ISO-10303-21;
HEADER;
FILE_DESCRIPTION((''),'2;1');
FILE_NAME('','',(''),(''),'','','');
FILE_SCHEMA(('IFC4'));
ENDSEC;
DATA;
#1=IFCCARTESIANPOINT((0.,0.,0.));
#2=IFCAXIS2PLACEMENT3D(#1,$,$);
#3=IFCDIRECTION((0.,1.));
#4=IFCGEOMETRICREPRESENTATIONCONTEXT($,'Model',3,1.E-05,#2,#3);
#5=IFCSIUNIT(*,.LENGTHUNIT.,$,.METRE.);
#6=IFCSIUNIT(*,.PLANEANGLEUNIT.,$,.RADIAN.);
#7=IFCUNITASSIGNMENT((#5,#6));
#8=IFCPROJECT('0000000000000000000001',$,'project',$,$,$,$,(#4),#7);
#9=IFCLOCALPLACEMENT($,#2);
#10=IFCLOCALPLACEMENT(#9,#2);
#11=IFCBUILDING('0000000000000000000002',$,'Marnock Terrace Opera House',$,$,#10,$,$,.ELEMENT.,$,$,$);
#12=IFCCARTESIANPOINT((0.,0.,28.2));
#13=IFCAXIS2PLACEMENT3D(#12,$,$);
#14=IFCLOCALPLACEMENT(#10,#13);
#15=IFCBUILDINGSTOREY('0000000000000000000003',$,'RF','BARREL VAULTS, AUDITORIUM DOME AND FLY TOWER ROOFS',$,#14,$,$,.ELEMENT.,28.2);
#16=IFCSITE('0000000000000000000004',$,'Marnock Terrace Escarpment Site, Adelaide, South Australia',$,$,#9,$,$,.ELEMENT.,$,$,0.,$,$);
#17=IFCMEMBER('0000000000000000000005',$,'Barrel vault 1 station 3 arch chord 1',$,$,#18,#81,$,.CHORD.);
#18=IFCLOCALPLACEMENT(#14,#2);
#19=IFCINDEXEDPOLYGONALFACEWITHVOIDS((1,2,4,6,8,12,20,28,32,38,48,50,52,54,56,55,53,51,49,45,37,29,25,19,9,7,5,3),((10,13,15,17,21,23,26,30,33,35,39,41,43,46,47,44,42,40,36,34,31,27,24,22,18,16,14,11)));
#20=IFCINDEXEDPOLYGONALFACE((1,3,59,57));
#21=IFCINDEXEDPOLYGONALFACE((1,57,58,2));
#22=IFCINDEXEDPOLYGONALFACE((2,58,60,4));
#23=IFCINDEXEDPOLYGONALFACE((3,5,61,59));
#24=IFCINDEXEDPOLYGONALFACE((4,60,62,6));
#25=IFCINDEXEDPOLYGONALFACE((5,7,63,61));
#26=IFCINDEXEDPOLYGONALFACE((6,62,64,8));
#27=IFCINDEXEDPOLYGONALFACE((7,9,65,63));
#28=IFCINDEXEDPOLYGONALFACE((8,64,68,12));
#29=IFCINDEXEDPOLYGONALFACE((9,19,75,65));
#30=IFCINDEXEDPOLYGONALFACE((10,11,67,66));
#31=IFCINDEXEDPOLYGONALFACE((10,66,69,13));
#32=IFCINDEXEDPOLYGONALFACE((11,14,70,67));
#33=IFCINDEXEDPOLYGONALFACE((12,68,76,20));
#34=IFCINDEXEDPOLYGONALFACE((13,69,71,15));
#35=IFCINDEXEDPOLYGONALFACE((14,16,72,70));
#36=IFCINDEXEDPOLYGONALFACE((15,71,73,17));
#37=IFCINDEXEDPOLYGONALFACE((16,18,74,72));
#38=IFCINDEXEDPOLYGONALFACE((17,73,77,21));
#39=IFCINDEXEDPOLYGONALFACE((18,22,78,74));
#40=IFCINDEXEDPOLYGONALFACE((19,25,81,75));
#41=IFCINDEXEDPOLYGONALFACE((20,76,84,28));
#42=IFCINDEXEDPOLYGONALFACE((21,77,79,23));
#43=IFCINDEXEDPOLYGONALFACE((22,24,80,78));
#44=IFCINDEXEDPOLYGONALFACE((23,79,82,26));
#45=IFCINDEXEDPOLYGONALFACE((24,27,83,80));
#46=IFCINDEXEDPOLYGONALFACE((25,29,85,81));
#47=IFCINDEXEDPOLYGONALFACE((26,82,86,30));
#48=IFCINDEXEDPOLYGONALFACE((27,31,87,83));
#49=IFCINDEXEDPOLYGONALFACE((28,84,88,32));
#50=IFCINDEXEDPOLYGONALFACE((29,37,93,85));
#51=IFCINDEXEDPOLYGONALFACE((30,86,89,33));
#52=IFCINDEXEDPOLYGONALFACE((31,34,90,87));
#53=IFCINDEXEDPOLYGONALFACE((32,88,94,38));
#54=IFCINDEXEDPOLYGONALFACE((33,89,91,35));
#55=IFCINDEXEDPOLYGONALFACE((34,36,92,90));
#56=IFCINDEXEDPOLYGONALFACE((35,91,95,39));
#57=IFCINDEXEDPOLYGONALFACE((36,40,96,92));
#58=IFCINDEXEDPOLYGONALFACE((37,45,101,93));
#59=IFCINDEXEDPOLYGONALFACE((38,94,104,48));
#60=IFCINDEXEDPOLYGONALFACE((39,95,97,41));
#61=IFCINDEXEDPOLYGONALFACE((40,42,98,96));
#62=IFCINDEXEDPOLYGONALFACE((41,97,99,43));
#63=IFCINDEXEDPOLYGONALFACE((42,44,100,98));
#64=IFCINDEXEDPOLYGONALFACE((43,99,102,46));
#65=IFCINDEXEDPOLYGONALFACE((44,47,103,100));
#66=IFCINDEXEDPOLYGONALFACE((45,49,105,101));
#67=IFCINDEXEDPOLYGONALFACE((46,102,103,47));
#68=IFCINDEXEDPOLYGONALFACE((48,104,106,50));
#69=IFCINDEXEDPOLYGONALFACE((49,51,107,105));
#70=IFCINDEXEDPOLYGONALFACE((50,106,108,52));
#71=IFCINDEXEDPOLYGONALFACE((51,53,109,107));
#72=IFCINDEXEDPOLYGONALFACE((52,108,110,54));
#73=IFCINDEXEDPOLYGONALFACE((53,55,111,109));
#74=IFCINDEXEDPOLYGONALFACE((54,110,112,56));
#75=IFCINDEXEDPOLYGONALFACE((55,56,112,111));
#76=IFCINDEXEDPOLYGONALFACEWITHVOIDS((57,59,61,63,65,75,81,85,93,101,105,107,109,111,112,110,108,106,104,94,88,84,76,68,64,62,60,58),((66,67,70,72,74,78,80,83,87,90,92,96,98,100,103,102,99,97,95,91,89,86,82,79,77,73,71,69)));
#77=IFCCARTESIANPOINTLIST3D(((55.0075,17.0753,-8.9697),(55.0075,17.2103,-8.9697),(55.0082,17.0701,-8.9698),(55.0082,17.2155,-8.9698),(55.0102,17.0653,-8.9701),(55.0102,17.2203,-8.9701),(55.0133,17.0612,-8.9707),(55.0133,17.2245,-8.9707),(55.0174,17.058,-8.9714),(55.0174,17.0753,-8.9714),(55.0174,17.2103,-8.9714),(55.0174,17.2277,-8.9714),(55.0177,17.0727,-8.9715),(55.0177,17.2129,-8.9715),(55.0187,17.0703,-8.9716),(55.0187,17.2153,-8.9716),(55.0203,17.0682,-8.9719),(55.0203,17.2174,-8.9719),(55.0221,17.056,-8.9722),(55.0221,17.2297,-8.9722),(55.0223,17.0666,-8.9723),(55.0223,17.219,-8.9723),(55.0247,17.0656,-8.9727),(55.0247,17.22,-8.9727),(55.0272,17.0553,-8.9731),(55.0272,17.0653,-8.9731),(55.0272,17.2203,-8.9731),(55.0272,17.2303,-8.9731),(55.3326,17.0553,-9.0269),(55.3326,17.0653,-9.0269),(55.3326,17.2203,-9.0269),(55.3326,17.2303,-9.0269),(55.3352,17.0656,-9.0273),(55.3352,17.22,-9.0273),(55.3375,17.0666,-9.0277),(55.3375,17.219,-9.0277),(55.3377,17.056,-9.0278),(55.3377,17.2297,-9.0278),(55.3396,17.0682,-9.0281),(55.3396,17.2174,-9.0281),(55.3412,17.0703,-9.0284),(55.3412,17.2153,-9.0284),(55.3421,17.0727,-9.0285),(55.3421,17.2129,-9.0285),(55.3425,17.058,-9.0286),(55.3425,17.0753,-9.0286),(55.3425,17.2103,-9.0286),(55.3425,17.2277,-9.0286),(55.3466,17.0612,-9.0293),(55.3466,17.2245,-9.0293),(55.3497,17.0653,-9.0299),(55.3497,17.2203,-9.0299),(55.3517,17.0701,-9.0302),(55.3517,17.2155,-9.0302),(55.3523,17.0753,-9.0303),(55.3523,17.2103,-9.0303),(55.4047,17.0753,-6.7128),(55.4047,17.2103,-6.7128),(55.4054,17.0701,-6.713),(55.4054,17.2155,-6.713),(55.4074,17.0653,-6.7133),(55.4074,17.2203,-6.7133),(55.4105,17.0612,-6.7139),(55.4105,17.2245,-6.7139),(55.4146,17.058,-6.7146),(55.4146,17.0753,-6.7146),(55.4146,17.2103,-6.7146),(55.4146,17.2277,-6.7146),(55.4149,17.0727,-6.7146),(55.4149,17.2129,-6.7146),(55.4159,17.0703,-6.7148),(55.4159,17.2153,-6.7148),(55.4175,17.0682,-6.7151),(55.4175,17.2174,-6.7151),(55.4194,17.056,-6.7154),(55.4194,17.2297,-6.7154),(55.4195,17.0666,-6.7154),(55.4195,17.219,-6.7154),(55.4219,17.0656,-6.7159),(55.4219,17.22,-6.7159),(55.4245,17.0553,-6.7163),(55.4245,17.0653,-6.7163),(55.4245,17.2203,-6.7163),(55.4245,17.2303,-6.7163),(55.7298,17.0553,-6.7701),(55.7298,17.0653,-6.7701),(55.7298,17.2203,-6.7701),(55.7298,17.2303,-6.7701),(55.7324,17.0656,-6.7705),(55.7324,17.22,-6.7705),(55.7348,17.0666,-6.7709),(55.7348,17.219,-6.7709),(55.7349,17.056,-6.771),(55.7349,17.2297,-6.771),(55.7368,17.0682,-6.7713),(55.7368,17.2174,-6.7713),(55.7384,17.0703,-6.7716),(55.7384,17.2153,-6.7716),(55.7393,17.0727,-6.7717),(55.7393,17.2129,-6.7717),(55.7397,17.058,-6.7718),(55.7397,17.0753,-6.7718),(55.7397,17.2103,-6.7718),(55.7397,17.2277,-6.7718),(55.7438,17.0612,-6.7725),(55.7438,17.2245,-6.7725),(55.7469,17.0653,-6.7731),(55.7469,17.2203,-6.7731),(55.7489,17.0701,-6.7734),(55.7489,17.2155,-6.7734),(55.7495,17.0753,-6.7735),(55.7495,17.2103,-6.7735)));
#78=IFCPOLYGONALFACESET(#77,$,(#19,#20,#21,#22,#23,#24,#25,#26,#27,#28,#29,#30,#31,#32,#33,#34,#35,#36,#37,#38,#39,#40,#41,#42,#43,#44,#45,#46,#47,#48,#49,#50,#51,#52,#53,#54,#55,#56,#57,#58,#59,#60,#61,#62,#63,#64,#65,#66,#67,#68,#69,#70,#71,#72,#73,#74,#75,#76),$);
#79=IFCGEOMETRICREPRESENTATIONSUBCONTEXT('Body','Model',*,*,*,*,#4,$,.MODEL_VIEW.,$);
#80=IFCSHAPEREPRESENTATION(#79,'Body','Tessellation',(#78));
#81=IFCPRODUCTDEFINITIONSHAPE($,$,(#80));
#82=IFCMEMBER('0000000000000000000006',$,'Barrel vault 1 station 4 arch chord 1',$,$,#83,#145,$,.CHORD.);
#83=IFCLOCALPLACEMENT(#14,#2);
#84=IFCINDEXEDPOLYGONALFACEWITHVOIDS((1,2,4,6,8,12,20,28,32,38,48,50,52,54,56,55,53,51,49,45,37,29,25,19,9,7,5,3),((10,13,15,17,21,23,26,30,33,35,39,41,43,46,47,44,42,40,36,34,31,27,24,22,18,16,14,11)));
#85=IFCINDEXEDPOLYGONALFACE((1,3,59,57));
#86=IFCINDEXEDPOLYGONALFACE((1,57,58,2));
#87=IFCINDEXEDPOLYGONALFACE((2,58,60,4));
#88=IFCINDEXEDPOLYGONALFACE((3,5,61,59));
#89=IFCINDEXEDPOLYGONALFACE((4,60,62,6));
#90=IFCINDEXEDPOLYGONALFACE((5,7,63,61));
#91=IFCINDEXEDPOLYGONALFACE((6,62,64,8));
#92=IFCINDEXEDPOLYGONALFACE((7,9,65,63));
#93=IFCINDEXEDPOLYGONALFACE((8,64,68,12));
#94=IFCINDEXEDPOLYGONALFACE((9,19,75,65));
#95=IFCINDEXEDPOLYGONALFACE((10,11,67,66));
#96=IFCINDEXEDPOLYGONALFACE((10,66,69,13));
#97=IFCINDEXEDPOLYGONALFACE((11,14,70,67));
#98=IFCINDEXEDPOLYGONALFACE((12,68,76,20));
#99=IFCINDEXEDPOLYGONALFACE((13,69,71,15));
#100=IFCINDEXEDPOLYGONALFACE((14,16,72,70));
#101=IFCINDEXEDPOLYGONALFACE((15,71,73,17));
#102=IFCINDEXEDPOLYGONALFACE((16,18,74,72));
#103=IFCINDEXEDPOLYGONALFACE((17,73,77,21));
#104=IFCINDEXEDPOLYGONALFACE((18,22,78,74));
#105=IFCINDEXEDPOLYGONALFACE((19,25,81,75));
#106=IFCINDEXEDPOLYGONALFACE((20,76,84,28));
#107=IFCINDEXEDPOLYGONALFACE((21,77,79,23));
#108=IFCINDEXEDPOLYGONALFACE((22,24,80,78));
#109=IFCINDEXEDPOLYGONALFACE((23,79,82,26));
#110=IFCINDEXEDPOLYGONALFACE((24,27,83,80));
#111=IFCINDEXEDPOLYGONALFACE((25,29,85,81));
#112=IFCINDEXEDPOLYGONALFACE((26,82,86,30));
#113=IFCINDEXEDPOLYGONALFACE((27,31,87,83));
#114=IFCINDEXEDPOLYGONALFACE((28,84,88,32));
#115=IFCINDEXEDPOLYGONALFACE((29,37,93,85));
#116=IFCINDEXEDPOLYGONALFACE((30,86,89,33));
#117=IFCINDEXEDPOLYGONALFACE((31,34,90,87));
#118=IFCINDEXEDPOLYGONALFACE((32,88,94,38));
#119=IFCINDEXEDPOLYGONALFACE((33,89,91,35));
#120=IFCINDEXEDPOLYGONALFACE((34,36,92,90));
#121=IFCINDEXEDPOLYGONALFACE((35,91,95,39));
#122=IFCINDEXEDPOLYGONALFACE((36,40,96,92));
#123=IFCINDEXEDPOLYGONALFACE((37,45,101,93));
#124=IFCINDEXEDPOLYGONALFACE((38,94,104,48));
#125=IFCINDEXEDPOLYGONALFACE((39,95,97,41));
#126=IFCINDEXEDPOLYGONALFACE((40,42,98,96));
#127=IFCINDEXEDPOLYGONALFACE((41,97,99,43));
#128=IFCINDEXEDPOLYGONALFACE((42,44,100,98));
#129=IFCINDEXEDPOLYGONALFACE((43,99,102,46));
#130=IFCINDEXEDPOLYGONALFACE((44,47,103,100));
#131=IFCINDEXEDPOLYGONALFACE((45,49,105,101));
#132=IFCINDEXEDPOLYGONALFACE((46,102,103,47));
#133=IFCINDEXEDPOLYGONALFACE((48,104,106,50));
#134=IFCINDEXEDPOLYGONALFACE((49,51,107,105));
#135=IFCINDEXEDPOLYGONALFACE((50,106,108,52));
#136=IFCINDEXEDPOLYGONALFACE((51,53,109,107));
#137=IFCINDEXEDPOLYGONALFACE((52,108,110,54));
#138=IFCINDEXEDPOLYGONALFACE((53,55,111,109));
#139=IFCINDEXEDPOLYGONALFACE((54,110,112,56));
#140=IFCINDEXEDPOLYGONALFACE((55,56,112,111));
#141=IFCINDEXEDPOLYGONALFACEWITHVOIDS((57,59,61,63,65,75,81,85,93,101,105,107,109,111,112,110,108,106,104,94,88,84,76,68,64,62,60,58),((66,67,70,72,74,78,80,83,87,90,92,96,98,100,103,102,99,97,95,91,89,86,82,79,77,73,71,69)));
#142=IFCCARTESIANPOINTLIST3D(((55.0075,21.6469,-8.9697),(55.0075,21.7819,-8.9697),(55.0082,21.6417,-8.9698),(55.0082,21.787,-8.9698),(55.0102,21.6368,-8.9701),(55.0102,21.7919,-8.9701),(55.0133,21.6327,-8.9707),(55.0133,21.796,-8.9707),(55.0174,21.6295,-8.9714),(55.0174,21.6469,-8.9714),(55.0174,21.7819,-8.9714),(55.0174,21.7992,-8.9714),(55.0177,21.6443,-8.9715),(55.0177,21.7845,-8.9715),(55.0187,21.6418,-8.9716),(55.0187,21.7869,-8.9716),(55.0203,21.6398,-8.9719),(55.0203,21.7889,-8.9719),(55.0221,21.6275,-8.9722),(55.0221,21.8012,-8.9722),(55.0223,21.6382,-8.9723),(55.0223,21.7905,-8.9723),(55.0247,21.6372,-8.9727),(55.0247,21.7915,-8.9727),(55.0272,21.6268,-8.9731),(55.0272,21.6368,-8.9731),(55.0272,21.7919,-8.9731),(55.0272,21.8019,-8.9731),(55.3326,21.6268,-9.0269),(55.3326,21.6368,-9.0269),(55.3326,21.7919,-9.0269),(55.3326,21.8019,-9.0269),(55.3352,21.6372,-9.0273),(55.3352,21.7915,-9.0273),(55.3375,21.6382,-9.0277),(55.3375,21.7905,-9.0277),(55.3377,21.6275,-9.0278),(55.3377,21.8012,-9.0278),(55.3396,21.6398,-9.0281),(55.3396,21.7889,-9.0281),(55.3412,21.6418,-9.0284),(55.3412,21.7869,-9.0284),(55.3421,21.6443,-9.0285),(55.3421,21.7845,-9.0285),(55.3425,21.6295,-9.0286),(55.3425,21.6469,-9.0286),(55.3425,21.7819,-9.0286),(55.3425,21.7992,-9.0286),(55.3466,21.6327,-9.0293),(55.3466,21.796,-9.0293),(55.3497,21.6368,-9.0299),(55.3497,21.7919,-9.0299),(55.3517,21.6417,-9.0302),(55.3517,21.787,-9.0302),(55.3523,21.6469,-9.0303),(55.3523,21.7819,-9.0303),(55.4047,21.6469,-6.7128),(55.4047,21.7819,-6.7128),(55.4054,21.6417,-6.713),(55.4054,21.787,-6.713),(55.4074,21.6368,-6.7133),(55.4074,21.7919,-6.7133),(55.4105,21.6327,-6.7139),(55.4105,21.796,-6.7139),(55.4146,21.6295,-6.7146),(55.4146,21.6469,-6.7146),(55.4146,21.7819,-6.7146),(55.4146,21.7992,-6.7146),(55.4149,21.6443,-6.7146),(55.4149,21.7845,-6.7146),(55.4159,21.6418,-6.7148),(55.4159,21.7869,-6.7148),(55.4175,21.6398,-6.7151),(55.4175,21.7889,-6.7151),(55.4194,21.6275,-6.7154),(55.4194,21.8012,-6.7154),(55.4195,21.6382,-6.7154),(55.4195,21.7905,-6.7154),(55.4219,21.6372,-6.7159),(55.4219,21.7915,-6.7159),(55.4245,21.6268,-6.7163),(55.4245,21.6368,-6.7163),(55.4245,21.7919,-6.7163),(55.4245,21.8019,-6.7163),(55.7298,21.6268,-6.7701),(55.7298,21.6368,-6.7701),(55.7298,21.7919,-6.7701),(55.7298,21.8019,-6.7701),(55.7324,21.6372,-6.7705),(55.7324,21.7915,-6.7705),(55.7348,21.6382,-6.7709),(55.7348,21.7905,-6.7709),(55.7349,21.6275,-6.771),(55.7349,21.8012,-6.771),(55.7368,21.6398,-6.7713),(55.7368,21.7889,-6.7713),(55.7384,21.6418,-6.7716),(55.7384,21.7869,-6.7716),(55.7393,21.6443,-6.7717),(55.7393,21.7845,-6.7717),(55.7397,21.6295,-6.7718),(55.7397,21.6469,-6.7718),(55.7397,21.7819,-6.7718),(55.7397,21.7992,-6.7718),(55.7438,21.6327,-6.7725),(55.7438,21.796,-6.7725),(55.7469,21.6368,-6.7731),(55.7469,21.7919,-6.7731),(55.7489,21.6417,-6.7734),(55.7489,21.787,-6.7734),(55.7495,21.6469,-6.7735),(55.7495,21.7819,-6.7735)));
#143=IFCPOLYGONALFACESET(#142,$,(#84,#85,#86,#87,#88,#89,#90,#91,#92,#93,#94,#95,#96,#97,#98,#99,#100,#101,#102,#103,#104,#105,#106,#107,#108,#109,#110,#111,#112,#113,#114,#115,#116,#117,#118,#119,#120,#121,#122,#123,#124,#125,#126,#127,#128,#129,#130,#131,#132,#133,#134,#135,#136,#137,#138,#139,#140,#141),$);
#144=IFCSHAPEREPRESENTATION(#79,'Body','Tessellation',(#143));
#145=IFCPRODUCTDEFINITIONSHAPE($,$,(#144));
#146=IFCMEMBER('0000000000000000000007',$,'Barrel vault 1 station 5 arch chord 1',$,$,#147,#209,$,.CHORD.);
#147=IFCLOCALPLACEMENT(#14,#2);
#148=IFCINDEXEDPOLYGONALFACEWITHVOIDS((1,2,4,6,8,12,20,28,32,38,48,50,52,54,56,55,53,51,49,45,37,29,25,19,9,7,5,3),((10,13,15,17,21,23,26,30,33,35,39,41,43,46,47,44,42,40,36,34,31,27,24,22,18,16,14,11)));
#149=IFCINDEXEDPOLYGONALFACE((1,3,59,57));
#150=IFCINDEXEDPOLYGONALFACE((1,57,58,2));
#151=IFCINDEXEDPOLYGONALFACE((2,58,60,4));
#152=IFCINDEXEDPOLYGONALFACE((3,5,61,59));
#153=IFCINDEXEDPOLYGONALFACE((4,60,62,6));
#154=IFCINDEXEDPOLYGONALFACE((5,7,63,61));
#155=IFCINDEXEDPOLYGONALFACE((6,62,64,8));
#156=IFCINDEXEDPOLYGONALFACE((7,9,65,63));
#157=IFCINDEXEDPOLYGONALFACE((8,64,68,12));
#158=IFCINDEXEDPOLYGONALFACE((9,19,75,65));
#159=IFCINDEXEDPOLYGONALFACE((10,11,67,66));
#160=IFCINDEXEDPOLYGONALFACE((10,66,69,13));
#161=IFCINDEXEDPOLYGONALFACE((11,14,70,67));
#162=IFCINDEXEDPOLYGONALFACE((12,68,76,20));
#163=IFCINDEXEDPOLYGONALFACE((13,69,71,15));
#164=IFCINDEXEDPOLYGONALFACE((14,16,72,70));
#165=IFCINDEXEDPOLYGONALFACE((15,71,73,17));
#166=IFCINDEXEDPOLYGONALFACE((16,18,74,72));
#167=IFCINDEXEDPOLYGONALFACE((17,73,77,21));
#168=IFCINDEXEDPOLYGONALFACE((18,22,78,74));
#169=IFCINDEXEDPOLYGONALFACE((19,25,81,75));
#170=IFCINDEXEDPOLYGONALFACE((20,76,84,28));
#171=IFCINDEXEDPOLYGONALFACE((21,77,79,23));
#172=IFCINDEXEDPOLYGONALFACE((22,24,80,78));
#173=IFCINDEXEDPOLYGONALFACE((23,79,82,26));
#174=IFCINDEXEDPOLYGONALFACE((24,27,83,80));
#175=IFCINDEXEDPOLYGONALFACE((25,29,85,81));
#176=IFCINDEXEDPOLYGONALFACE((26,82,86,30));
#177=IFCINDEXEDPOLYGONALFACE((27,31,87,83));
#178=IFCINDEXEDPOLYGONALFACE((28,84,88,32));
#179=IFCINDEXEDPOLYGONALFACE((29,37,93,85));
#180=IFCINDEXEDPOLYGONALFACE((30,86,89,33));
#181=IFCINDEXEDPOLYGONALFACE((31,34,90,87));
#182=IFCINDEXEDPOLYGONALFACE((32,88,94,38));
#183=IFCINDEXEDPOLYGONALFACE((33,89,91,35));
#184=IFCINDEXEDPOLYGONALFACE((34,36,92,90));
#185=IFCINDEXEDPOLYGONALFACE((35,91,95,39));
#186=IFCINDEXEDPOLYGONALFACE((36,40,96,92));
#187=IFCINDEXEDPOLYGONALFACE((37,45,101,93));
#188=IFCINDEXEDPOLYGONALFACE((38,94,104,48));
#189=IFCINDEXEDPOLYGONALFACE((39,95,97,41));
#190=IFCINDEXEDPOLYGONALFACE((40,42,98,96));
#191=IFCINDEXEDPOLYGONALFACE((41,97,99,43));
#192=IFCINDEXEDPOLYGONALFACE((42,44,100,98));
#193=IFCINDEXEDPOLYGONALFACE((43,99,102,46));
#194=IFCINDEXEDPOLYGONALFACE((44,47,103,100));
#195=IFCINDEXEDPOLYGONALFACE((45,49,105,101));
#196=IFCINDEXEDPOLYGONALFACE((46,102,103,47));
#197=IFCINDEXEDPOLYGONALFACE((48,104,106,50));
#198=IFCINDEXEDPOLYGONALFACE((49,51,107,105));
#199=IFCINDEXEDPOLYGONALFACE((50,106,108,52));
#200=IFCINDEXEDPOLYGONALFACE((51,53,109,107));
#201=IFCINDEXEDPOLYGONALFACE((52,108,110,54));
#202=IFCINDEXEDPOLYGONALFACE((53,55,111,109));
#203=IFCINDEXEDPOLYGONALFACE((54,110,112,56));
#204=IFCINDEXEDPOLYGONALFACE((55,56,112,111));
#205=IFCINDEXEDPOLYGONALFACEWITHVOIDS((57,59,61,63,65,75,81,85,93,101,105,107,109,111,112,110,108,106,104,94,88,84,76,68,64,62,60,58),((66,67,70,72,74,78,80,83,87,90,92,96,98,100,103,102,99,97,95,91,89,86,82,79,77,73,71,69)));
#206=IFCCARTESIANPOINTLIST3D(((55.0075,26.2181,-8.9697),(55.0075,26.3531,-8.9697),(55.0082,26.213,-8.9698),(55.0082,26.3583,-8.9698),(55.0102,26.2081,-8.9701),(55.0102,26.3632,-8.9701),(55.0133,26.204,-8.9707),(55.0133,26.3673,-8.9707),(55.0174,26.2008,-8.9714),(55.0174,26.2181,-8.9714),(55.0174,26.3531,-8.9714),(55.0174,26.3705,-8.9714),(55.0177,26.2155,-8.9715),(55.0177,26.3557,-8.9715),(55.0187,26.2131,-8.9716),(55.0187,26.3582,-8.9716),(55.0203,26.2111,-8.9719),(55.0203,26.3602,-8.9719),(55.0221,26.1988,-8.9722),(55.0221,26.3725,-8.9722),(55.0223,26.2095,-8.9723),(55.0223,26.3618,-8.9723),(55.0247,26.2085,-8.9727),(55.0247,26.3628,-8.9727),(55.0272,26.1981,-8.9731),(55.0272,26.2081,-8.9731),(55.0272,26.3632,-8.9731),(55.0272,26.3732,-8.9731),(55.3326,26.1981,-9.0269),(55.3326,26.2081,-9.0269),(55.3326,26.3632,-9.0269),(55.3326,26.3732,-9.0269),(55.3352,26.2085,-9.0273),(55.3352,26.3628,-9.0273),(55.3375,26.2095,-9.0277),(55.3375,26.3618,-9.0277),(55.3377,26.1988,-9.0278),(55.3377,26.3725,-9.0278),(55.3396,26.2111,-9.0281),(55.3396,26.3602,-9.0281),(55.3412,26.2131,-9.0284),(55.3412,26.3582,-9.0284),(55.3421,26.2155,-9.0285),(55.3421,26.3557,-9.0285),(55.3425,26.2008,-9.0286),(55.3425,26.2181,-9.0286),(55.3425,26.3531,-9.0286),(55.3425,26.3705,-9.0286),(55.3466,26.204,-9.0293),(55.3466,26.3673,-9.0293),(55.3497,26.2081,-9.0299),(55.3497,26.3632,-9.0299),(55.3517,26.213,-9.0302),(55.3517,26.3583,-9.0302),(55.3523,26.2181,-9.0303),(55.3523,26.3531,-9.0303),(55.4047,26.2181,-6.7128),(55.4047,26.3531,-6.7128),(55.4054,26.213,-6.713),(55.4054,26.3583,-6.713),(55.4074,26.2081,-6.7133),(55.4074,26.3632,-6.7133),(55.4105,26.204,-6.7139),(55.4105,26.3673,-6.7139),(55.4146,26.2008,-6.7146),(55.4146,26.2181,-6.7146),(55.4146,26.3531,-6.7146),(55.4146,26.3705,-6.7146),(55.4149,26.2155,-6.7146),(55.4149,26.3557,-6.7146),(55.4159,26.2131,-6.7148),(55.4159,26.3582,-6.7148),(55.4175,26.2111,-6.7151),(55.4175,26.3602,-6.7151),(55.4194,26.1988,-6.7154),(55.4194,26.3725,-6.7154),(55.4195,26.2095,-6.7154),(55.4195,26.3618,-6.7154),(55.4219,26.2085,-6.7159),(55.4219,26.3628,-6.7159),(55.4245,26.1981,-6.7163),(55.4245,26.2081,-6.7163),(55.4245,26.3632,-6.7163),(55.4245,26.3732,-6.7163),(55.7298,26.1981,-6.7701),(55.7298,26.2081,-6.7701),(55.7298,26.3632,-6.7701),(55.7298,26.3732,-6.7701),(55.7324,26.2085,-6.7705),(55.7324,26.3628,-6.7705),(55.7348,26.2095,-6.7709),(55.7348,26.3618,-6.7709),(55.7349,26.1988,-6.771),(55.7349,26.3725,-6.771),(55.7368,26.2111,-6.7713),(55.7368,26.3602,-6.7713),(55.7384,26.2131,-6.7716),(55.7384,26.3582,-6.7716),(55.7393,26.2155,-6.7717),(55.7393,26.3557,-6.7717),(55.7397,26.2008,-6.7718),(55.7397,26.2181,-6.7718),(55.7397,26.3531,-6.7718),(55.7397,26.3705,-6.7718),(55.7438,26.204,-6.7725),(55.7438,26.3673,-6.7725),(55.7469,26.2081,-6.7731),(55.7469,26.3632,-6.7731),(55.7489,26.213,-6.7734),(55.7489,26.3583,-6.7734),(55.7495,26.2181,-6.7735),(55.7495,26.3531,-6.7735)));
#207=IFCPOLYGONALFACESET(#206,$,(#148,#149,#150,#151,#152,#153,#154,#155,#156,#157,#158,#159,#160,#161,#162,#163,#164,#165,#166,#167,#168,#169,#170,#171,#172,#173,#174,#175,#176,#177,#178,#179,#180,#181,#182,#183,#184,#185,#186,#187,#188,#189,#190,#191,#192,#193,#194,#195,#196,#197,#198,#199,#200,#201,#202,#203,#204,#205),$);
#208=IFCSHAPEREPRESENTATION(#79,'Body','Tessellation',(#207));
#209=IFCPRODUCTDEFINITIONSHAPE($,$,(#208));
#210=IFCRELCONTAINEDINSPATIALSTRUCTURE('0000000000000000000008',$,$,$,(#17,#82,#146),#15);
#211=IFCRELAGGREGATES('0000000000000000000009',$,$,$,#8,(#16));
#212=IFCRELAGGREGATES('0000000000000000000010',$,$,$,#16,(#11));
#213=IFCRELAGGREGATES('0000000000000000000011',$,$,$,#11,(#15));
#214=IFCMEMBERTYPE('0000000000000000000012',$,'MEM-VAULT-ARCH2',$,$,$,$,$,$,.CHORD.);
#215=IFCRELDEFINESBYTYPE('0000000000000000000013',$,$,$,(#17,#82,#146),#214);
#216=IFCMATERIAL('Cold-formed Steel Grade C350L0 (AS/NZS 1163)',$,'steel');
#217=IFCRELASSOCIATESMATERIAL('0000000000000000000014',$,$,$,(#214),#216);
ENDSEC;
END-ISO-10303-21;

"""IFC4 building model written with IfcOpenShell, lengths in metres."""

from ifc_helpers import new_model, si_unit, direction, frame, origin, origin_2d, place, context, subcontext, project, spatial, hollow_rectangle, extrude, material, material_profile, profile_set, type_object, element, save


model = new_model("IFC4")

# Units and contexts
model_context = context("Model", 3, precision=1e-05, world=origin(), true_north=direction((0.0, 1.0)))
body_context = subcontext(model_context, "Body", "Model", "MODEL_VIEW")
ifc_project = project(units=[si_unit("LENGTHUNIT", "METRE"), si_unit("PLANEANGLEUNIT", "RADIAN")], contexts=[model_context])

# Site, building, storey
site_placement = place(None, origin())
site = spatial("IfcSite", under=ifc_project, at=site_placement, Name="Marnock Terrace Escarpment Site, Adelaide, South Australia", CompositionType="ELEMENT", RefElevation=0.0)
building_placement = place(site_placement, origin())
building = spatial("IfcBuilding", under=site, at=building_placement, Name="Marnock Terrace Opera House", CompositionType="ELEMENT")
storey_placement = place(building_placement, frame((0.0, 0.0, 28.2)))
storey = spatial("IfcBuildingStorey", under=building, at=storey_placement, Name="RF", Description="BARREL VAULTS, AUDITORIUM DOME AND FLY TOWER ROOFS", CompositionType="ELEMENT", Elevation=28.2)

# Members
ifc_material_1 = material(Name="Cold-formed Steel Grade C350L0 (AS/NZS 1163)", Category="steel")
ifc_material_profile_1 = material_profile(ifc_material_1, hollow_rectangle(XDim=0.175, YDim=0.3501, WallThickness=0.01, InnerFilletRadius=0.01, OuterFilletRadius=0.02, at=origin_2d()))
ifc_profile_set_1 = profile_set([ifc_material_profile_1], Name="Cold-formed Steel Grade C350L0 (AS/NZS 1163)")
member_type = type_object("IfcMemberType", Name="MEM-VAULT-ARCH2", PredefinedType="CHORD", material=ifc_profile_set_1)
for number, where, z_axis, x_axis, name in (
    (1, (55.1799, 17.1428, -9.0), (0.173342, 0.0, 0.984862), (0.0, 1.0, 0.0), "Barrel vault 1 station 3 arch chord 1"),
    (2, (55.1799, 21.7144, -9.0), (0.173342, 0.0, 0.984862), (0.0, 1.0, 0.0), "Barrel vault 1 station 4 arch chord 1"),
    (3, (55.1799, 26.2856, -9.0), (0.173342, 0.0, 0.984862), (0.0, 1.0, 0.0), "Barrel vault 1 station 5 arch chord 1"),
):
    element("IfcMember", number, at=place(storey_placement, frame(where, z_axis=z_axis, x_axis=x_axis)), inside=storey, type_object=member_type, Name=name, PredefinedType="CHORD", context=body_context, shape_type="SweptSolid", body=[
        extrude(hollow_rectangle(XDim=0.175, YDim=0.3501, WallThickness=0.01, InnerFilletRadius=0.01, OuterFilletRadius=0.02, at=origin_2d()), origin(), (0.0, 0.0, 1.0), 2.2915),
    ])

save(model, "model.ifc")
